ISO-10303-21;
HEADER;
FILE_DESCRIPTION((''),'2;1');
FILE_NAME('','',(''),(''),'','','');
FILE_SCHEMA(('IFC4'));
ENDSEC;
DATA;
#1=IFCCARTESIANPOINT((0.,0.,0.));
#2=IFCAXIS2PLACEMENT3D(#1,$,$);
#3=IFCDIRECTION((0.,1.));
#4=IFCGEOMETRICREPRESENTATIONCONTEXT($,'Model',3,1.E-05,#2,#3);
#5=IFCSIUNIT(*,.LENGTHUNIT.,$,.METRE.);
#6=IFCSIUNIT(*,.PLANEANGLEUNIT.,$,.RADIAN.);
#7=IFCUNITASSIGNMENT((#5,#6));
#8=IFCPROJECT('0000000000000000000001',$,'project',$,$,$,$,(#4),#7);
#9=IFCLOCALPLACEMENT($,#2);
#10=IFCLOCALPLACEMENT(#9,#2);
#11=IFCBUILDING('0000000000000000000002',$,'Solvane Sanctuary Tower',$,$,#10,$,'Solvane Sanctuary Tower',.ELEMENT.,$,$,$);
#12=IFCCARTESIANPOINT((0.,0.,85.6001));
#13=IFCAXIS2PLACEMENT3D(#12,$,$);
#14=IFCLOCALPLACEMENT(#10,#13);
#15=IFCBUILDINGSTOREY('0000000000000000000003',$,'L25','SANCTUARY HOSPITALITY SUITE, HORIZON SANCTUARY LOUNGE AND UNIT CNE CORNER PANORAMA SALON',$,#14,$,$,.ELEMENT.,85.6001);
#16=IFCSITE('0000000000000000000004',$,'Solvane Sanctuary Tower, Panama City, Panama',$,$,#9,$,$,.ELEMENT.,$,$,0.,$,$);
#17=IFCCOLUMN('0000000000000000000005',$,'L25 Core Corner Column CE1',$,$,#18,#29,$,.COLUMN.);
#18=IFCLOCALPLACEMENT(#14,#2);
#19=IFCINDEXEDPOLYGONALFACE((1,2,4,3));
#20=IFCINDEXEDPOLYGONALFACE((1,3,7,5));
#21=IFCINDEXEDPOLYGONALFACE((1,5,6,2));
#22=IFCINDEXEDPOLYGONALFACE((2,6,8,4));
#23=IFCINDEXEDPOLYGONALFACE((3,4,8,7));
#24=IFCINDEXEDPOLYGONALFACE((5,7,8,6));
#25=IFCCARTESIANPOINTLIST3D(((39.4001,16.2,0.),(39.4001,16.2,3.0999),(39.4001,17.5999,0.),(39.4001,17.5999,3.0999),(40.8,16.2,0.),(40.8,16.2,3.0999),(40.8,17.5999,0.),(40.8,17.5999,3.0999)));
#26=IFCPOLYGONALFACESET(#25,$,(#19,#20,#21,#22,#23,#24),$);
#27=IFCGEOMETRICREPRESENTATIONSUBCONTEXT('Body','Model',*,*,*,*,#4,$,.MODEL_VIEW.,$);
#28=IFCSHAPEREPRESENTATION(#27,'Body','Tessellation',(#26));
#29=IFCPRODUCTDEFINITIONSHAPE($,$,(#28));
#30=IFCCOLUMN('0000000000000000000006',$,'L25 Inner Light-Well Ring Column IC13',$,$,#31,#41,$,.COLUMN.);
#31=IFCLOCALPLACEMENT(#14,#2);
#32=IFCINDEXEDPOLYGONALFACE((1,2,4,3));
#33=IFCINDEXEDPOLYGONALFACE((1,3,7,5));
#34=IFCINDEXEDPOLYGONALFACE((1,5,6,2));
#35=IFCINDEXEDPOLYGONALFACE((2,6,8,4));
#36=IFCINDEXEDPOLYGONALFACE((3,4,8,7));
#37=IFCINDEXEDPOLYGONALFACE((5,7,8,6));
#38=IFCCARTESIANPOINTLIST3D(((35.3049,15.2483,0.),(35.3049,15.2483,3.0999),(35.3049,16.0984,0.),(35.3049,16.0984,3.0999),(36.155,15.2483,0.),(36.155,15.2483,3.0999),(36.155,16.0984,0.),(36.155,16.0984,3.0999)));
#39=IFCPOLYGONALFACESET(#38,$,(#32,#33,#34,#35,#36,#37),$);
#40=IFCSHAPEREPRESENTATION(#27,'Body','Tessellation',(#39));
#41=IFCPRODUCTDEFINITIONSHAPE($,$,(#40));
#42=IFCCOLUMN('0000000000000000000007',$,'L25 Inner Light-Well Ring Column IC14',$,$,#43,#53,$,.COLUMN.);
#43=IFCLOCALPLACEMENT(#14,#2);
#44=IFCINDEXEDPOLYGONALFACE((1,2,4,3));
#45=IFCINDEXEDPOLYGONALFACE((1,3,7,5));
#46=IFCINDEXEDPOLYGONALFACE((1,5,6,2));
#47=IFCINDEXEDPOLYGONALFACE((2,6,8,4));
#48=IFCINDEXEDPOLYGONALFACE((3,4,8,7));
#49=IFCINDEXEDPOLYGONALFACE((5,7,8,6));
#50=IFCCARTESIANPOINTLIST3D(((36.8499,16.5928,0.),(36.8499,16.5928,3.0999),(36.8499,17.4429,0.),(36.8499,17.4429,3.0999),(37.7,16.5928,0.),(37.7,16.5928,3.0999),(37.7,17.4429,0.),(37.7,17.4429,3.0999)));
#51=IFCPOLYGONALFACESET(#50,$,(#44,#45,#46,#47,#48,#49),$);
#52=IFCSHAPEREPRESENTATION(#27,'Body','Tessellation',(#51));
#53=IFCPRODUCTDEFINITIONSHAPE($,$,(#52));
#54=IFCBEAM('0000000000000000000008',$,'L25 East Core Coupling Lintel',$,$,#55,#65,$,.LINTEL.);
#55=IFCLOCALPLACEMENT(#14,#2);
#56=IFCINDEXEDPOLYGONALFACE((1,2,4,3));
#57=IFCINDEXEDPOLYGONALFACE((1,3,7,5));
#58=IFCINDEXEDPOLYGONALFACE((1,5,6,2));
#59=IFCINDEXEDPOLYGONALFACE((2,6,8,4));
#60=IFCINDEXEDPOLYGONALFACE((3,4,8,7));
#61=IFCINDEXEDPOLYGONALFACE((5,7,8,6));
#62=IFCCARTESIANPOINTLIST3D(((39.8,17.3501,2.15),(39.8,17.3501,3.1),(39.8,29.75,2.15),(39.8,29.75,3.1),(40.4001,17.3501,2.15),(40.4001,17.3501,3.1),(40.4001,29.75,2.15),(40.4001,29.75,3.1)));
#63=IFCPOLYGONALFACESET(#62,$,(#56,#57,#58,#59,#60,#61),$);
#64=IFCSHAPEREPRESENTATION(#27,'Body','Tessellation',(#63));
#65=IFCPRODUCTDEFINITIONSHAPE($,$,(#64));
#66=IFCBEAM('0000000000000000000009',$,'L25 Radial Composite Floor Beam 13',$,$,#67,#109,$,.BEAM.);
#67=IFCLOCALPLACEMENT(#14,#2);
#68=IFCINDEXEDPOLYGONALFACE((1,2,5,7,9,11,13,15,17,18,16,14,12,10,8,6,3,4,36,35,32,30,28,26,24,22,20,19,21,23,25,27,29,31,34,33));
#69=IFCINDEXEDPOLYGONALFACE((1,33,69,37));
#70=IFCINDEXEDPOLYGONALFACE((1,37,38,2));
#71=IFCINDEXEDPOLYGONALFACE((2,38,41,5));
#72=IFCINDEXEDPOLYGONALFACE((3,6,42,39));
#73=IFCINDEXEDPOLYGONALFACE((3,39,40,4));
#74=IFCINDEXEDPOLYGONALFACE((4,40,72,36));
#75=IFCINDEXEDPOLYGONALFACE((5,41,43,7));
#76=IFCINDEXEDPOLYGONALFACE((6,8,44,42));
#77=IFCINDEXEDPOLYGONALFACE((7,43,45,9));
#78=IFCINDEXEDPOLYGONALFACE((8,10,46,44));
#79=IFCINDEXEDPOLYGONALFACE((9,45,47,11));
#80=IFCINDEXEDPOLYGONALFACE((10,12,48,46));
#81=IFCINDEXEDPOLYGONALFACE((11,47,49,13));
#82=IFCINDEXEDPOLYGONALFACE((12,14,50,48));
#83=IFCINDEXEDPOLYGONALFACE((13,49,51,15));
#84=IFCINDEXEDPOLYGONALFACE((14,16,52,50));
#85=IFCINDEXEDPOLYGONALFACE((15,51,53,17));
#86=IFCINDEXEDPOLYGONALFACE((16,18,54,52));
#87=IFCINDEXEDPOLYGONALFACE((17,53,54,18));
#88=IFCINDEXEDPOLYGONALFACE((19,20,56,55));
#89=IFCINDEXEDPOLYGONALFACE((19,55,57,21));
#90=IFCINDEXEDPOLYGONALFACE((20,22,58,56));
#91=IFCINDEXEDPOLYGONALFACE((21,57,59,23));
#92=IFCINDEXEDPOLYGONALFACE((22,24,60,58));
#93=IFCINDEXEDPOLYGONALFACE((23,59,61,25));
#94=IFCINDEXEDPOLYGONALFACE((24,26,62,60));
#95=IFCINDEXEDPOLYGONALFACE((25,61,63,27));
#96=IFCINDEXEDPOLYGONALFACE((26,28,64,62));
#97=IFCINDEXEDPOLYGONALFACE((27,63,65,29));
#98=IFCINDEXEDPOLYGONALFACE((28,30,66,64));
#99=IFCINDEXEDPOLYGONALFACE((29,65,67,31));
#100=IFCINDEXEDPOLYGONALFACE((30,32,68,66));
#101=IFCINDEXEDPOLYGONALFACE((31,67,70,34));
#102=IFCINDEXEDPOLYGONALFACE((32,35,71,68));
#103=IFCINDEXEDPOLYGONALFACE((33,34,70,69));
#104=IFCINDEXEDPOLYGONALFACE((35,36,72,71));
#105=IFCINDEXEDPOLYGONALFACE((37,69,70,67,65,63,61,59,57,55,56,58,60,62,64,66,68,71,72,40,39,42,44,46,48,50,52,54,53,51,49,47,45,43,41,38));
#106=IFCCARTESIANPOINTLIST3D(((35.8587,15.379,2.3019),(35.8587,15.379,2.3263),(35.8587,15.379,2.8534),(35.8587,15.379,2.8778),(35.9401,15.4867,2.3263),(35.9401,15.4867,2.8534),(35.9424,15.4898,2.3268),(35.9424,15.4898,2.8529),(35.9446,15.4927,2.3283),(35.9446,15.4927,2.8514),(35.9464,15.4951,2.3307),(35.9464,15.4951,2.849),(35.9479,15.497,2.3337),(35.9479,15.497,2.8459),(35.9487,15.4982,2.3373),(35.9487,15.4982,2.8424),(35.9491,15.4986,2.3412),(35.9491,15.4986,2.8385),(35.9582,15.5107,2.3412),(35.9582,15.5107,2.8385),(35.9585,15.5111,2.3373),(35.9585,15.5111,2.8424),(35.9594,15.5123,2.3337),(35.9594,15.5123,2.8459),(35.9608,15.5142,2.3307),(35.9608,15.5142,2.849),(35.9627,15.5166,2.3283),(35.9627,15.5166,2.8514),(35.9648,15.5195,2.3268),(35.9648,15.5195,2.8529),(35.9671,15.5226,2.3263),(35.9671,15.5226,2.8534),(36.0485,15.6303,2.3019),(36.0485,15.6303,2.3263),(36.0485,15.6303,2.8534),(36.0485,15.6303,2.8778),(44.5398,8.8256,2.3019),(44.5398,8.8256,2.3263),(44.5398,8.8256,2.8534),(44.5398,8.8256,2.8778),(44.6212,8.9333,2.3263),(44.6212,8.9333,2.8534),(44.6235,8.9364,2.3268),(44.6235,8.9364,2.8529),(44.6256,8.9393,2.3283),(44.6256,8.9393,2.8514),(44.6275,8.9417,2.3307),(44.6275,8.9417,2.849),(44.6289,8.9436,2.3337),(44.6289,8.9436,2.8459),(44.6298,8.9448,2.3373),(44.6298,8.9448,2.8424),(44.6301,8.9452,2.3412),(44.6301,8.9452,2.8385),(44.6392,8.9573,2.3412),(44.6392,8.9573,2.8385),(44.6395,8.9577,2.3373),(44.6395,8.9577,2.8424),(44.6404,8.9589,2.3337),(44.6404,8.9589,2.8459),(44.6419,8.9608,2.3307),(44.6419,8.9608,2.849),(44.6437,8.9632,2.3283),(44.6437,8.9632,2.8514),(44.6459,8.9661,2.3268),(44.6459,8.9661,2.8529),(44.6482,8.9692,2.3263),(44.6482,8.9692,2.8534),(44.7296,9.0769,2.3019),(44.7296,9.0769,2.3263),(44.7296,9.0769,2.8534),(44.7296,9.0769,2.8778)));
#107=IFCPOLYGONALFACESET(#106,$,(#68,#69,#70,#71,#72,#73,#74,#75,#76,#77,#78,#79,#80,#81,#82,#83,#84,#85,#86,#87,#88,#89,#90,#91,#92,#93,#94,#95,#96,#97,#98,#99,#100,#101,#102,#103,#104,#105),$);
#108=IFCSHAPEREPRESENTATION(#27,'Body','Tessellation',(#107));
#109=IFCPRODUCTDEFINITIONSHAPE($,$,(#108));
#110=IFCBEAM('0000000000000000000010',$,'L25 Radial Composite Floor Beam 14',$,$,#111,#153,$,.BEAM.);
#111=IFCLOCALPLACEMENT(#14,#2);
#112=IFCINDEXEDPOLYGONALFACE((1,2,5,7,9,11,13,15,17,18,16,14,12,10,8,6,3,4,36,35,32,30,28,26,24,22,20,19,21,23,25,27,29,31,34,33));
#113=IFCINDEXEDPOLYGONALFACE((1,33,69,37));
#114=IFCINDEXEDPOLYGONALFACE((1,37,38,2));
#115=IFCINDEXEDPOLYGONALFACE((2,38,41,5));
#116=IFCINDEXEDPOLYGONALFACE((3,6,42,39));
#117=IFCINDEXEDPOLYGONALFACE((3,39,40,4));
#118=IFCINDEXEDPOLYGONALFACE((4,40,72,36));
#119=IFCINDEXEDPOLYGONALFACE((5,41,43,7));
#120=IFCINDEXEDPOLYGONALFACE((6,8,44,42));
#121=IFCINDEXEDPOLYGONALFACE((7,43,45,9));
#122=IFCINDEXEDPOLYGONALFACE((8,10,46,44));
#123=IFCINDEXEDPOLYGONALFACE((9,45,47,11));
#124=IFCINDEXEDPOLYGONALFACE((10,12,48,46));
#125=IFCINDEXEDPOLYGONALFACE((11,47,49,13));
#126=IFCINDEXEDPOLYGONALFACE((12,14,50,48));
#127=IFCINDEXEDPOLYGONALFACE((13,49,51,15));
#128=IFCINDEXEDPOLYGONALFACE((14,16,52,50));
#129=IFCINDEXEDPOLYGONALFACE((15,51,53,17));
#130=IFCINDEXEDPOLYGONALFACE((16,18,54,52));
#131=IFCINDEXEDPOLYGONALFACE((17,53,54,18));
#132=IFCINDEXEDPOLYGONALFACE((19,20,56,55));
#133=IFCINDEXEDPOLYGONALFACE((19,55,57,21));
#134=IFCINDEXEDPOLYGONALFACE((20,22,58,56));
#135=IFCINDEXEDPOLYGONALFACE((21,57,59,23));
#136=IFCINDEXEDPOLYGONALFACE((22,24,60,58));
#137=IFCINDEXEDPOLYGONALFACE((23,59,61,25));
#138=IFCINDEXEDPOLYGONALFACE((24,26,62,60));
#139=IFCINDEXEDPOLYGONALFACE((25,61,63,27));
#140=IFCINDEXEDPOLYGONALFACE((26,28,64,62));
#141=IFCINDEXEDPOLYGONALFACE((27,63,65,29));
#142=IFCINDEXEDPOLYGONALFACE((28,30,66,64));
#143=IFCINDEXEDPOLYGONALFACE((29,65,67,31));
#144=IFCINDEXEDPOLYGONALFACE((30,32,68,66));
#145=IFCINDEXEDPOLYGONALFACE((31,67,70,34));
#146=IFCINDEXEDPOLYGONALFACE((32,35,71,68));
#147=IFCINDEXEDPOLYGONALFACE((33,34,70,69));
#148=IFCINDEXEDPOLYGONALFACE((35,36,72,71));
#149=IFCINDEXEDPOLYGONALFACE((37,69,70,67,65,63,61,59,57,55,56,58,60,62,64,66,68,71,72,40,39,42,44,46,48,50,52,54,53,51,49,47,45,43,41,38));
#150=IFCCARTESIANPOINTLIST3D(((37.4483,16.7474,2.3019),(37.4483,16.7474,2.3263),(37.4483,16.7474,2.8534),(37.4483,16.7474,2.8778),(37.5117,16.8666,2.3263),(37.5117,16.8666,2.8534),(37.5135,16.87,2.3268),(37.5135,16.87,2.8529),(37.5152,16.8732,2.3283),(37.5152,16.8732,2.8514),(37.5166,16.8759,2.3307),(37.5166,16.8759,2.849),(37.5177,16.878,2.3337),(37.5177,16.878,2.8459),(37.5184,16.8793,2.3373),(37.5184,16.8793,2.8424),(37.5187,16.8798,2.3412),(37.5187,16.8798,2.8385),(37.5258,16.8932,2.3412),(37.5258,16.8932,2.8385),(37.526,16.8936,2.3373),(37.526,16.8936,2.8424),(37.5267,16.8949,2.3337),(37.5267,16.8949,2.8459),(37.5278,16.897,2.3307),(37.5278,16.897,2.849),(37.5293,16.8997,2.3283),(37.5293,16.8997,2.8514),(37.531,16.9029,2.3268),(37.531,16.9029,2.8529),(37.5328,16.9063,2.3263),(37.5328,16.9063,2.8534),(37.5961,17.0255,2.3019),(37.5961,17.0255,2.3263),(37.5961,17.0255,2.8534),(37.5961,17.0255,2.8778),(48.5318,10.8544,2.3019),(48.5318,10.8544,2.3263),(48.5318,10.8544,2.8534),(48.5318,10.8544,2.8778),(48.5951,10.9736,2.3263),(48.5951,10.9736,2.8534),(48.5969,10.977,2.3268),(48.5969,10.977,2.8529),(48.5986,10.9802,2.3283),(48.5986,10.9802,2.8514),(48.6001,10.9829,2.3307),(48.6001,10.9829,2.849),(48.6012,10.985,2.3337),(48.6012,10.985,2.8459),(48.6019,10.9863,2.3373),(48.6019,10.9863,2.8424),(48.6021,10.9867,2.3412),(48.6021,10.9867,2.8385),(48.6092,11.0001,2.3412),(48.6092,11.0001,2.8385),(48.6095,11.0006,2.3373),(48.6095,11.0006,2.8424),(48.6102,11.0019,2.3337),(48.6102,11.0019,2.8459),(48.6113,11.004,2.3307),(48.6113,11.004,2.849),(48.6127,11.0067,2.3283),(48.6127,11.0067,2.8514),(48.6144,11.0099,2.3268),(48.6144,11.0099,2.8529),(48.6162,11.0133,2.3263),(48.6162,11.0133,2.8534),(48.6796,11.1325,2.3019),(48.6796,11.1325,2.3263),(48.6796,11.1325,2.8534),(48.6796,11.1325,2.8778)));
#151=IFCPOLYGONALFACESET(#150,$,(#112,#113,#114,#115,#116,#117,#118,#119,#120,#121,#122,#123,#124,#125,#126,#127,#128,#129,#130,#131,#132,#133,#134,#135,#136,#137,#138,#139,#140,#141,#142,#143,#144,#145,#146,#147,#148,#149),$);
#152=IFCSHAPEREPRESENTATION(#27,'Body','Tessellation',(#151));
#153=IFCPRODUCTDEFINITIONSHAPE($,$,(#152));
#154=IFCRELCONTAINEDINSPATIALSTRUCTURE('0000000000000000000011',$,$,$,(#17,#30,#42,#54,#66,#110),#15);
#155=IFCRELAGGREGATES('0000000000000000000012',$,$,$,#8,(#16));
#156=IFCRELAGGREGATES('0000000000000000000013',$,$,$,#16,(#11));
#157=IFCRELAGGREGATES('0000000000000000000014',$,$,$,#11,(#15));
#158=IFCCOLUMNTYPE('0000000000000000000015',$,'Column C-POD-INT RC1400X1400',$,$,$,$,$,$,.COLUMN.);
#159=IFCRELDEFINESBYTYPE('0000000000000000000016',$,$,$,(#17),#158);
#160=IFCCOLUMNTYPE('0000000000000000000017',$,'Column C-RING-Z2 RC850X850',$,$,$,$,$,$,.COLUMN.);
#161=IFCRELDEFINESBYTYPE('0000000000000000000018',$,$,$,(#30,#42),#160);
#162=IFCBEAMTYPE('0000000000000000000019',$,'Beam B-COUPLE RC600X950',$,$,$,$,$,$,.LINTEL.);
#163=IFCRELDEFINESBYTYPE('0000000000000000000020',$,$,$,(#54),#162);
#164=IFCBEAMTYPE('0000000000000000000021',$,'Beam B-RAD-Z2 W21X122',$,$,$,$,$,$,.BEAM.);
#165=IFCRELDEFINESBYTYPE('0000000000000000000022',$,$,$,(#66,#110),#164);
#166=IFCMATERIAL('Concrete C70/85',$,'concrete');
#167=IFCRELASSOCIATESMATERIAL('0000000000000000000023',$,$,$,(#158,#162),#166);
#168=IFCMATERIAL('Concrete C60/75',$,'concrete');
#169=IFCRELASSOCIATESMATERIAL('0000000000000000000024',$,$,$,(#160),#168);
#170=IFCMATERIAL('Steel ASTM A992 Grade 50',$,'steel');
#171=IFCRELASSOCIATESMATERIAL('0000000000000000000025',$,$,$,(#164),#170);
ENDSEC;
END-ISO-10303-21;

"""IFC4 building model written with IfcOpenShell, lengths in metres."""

from ifc_helpers import new_model, si_unit, direction, frame, origin, origin_2d, place, context, subcontext, project, spatial, rectangle, i_section, extrude, material, material_profile, profile_set, type_object, element, save


model = new_model("IFC4")

# Units and contexts
model_context = context("Model", 3, precision=1e-05, world=origin(), true_north=direction((0.0, 1.0)))
body_context = subcontext(model_context, "Body", "Model", "MODEL_VIEW")
ifc_project = project(units=[si_unit("LENGTHUNIT", "METRE"), si_unit("PLANEANGLEUNIT", "RADIAN")], contexts=[model_context])

# Site, building, storey
site_placement = place(None, origin())
site = spatial("IfcSite", under=ifc_project, at=site_placement, Name="Solvane Sanctuary Tower, Panama City, Panama", CompositionType="ELEMENT", RefElevation=0.0)
building_placement = place(site_placement, origin())
building = spatial("IfcBuilding", under=site, at=building_placement, Name="Solvane Sanctuary Tower", LongName="Solvane Sanctuary Tower", CompositionType="ELEMENT")
storey_placement = place(building_placement, frame((0.0, 0.0, 85.6001)))
storey = spatial("IfcBuildingStorey", under=building, at=storey_placement, Name="L25", Description="SANCTUARY HOSPITALITY SUITE, HORIZON SANCTUARY LOUNGE AND UNIT CNE CORNER PANORAMA SALON", CompositionType="ELEMENT", Elevation=85.6001)

# Columns
ifc_material_1 = material(Name="Concrete C70/85", Category="concrete")
ifc_material_profile_1 = material_profile(ifc_material_1, rectangle(XDim=1.3999, YDim=1.3999, at=origin_2d()), Name="RC1400X1400")
ifc_profile_set_1 = profile_set([ifc_material_profile_1], Name="Concrete C70/85")
column_type_1 = type_object("IfcColumnType", Name="Column C-POD-INT RC1400X1400", PredefinedType="COLUMN", material=ifc_profile_set_1)
column_placement = place(storey_placement, frame((40.1001, 16.8999, 0.0), z_axis=(0.0, 0.0, 1.0), x_axis=(1.0, 0.0, 0.0)))
element("IfcColumn", 1, at=column_placement, inside=storey, type_object=column_type_1, Name="L25 Core Corner Column CE1", PredefinedType="COLUMN", context=body_context, shape_type="SweptSolid", body=[
    extrude(rectangle(XDim=1.3999, YDim=1.3999, at=origin_2d()), origin(), (0.0, 0.0, 1.0), 3.0999),
])
ifc_material_2 = material(Name="Concrete C60/75", Category="concrete")
ifc_material_profile_2 = material_profile(ifc_material_2, rectangle(XDim=0.8501, YDim=0.8501, at=origin_2d()), Name="RC850X850")
ifc_profile_set_2 = profile_set([ifc_material_profile_2], Name="Concrete C60/75")
column_type_2 = type_object("IfcColumnType", Name="Column C-RING-Z2 RC850X850", PredefinedType="COLUMN", material=ifc_profile_set_2)
for number, where, z_axis, x_axis, name in (
    (2, (35.73, 15.6733, 0.0), (0.0, 0.0, 1.0), (1.0, 0.0, 0.0), "L25 Inner Light-Well Ring Column IC13"),
    (3, (37.2749, 17.0178, 0.0), (0.0, 0.0, 1.0), (1.0, 0.0, 0.0), "L25 Inner Light-Well Ring Column IC14"),
):
    element("IfcColumn", number, at=place(storey_placement, frame(where, z_axis=z_axis, x_axis=x_axis)), inside=storey, type_object=column_type_2, Name=name, PredefinedType="COLUMN", context=body_context, shape_type="SweptSolid", body=[
        extrude(rectangle(XDim=0.8501, YDim=0.8501, at=origin_2d()), origin(), (0.0, 0.0, 1.0), 3.0999),
    ])

# Beams
ifc_material_profile_3 = material_profile(ifc_material_1, rectangle(XDim=0.6001, YDim=0.95, at=origin_2d()), Name="RC600X950")
ifc_profile_set_3 = profile_set([ifc_material_profile_3], Name="Concrete C70/85")
beam_type_1 = type_object("IfcBeamType", Name="Beam B-COUPLE RC600X950", PredefinedType="LINTEL", material=ifc_profile_set_3)
beam_1_placement = place(storey_placement, frame((40.1001, 17.3501, 2.625), z_axis=(0.0, 1.0, 0.0), x_axis=(-1.0, 0.0, 0.0)))
element("IfcBeam", 4, at=beam_1_placement, inside=storey, type_object=beam_type_1, Name="L25 East Core Coupling Lintel", PredefinedType="LINTEL", context=body_context, shape_type="SweptSolid", body=[
    extrude(rectangle(XDim=0.6001, YDim=0.95, at=origin_2d()), origin(), (0.0, 0.0, 1.0), 12.3999),
])
ifc_material_3 = material(Name="Steel ASTM A992 Grade 50", Category="steel")
ifc_material_profile_4 = material_profile(ifc_material_3, i_section(OverallWidth=0.3149, OverallDepth=0.5759, WebThickness=0.0151, FlangeThickness=0.0244, FilletRadius=0.0149, at=origin_2d()), Name="W21X122")
ifc_profile_set_4 = profile_set([ifc_material_profile_4], Name="Steel ASTM A992 Grade 50")
beam_type_2 = type_object("IfcBeamType", Name="Beam B-RAD-Z2 W21X122", PredefinedType="BEAM", material=ifc_profile_set_4)
beam_2_placement = place(storey_placement, frame((35.9536, 15.5046, 2.5898), z_axis=(0.798116, -0.602504, 0.0), x_axis=(0.602504, 0.798116, 0.0)))
element("IfcBeam", 5, at=beam_2_placement, inside=storey, type_object=beam_type_2, Name="L25 Radial Composite Floor Beam 13", PredefinedType="BEAM", context=body_context, shape_type="SweptSolid", body=[
    extrude(i_section(OverallWidth=0.3149, OverallDepth=0.5759, WebThickness=0.0151, FlangeThickness=0.0244, FilletRadius=0.0149, at=origin_2d()), origin(), (0.0, 0.0, 1.0), 10.877),
])
beam_3_placement = place(storey_placement, frame((37.5222, 16.8865, 2.5898), z_axis=(0.882952, -0.469463, 0.0), x_axis=(0.469463, 0.882952, 0.0)))
element("IfcBeam", 6, at=beam_3_placement, inside=storey, type_object=beam_type_2, Name="L25 Radial Composite Floor Beam 14", PredefinedType="BEAM", context=body_context, shape_type="SweptSolid", body=[
    extrude(i_section(OverallWidth=0.3149, OverallDepth=0.5759, WebThickness=0.0151, FlangeThickness=0.0244, FilletRadius=0.0149, at=origin_2d()), origin(), (0.0, 0.0, 1.0), 12.5527),
])

save(model, "model.ifc")
